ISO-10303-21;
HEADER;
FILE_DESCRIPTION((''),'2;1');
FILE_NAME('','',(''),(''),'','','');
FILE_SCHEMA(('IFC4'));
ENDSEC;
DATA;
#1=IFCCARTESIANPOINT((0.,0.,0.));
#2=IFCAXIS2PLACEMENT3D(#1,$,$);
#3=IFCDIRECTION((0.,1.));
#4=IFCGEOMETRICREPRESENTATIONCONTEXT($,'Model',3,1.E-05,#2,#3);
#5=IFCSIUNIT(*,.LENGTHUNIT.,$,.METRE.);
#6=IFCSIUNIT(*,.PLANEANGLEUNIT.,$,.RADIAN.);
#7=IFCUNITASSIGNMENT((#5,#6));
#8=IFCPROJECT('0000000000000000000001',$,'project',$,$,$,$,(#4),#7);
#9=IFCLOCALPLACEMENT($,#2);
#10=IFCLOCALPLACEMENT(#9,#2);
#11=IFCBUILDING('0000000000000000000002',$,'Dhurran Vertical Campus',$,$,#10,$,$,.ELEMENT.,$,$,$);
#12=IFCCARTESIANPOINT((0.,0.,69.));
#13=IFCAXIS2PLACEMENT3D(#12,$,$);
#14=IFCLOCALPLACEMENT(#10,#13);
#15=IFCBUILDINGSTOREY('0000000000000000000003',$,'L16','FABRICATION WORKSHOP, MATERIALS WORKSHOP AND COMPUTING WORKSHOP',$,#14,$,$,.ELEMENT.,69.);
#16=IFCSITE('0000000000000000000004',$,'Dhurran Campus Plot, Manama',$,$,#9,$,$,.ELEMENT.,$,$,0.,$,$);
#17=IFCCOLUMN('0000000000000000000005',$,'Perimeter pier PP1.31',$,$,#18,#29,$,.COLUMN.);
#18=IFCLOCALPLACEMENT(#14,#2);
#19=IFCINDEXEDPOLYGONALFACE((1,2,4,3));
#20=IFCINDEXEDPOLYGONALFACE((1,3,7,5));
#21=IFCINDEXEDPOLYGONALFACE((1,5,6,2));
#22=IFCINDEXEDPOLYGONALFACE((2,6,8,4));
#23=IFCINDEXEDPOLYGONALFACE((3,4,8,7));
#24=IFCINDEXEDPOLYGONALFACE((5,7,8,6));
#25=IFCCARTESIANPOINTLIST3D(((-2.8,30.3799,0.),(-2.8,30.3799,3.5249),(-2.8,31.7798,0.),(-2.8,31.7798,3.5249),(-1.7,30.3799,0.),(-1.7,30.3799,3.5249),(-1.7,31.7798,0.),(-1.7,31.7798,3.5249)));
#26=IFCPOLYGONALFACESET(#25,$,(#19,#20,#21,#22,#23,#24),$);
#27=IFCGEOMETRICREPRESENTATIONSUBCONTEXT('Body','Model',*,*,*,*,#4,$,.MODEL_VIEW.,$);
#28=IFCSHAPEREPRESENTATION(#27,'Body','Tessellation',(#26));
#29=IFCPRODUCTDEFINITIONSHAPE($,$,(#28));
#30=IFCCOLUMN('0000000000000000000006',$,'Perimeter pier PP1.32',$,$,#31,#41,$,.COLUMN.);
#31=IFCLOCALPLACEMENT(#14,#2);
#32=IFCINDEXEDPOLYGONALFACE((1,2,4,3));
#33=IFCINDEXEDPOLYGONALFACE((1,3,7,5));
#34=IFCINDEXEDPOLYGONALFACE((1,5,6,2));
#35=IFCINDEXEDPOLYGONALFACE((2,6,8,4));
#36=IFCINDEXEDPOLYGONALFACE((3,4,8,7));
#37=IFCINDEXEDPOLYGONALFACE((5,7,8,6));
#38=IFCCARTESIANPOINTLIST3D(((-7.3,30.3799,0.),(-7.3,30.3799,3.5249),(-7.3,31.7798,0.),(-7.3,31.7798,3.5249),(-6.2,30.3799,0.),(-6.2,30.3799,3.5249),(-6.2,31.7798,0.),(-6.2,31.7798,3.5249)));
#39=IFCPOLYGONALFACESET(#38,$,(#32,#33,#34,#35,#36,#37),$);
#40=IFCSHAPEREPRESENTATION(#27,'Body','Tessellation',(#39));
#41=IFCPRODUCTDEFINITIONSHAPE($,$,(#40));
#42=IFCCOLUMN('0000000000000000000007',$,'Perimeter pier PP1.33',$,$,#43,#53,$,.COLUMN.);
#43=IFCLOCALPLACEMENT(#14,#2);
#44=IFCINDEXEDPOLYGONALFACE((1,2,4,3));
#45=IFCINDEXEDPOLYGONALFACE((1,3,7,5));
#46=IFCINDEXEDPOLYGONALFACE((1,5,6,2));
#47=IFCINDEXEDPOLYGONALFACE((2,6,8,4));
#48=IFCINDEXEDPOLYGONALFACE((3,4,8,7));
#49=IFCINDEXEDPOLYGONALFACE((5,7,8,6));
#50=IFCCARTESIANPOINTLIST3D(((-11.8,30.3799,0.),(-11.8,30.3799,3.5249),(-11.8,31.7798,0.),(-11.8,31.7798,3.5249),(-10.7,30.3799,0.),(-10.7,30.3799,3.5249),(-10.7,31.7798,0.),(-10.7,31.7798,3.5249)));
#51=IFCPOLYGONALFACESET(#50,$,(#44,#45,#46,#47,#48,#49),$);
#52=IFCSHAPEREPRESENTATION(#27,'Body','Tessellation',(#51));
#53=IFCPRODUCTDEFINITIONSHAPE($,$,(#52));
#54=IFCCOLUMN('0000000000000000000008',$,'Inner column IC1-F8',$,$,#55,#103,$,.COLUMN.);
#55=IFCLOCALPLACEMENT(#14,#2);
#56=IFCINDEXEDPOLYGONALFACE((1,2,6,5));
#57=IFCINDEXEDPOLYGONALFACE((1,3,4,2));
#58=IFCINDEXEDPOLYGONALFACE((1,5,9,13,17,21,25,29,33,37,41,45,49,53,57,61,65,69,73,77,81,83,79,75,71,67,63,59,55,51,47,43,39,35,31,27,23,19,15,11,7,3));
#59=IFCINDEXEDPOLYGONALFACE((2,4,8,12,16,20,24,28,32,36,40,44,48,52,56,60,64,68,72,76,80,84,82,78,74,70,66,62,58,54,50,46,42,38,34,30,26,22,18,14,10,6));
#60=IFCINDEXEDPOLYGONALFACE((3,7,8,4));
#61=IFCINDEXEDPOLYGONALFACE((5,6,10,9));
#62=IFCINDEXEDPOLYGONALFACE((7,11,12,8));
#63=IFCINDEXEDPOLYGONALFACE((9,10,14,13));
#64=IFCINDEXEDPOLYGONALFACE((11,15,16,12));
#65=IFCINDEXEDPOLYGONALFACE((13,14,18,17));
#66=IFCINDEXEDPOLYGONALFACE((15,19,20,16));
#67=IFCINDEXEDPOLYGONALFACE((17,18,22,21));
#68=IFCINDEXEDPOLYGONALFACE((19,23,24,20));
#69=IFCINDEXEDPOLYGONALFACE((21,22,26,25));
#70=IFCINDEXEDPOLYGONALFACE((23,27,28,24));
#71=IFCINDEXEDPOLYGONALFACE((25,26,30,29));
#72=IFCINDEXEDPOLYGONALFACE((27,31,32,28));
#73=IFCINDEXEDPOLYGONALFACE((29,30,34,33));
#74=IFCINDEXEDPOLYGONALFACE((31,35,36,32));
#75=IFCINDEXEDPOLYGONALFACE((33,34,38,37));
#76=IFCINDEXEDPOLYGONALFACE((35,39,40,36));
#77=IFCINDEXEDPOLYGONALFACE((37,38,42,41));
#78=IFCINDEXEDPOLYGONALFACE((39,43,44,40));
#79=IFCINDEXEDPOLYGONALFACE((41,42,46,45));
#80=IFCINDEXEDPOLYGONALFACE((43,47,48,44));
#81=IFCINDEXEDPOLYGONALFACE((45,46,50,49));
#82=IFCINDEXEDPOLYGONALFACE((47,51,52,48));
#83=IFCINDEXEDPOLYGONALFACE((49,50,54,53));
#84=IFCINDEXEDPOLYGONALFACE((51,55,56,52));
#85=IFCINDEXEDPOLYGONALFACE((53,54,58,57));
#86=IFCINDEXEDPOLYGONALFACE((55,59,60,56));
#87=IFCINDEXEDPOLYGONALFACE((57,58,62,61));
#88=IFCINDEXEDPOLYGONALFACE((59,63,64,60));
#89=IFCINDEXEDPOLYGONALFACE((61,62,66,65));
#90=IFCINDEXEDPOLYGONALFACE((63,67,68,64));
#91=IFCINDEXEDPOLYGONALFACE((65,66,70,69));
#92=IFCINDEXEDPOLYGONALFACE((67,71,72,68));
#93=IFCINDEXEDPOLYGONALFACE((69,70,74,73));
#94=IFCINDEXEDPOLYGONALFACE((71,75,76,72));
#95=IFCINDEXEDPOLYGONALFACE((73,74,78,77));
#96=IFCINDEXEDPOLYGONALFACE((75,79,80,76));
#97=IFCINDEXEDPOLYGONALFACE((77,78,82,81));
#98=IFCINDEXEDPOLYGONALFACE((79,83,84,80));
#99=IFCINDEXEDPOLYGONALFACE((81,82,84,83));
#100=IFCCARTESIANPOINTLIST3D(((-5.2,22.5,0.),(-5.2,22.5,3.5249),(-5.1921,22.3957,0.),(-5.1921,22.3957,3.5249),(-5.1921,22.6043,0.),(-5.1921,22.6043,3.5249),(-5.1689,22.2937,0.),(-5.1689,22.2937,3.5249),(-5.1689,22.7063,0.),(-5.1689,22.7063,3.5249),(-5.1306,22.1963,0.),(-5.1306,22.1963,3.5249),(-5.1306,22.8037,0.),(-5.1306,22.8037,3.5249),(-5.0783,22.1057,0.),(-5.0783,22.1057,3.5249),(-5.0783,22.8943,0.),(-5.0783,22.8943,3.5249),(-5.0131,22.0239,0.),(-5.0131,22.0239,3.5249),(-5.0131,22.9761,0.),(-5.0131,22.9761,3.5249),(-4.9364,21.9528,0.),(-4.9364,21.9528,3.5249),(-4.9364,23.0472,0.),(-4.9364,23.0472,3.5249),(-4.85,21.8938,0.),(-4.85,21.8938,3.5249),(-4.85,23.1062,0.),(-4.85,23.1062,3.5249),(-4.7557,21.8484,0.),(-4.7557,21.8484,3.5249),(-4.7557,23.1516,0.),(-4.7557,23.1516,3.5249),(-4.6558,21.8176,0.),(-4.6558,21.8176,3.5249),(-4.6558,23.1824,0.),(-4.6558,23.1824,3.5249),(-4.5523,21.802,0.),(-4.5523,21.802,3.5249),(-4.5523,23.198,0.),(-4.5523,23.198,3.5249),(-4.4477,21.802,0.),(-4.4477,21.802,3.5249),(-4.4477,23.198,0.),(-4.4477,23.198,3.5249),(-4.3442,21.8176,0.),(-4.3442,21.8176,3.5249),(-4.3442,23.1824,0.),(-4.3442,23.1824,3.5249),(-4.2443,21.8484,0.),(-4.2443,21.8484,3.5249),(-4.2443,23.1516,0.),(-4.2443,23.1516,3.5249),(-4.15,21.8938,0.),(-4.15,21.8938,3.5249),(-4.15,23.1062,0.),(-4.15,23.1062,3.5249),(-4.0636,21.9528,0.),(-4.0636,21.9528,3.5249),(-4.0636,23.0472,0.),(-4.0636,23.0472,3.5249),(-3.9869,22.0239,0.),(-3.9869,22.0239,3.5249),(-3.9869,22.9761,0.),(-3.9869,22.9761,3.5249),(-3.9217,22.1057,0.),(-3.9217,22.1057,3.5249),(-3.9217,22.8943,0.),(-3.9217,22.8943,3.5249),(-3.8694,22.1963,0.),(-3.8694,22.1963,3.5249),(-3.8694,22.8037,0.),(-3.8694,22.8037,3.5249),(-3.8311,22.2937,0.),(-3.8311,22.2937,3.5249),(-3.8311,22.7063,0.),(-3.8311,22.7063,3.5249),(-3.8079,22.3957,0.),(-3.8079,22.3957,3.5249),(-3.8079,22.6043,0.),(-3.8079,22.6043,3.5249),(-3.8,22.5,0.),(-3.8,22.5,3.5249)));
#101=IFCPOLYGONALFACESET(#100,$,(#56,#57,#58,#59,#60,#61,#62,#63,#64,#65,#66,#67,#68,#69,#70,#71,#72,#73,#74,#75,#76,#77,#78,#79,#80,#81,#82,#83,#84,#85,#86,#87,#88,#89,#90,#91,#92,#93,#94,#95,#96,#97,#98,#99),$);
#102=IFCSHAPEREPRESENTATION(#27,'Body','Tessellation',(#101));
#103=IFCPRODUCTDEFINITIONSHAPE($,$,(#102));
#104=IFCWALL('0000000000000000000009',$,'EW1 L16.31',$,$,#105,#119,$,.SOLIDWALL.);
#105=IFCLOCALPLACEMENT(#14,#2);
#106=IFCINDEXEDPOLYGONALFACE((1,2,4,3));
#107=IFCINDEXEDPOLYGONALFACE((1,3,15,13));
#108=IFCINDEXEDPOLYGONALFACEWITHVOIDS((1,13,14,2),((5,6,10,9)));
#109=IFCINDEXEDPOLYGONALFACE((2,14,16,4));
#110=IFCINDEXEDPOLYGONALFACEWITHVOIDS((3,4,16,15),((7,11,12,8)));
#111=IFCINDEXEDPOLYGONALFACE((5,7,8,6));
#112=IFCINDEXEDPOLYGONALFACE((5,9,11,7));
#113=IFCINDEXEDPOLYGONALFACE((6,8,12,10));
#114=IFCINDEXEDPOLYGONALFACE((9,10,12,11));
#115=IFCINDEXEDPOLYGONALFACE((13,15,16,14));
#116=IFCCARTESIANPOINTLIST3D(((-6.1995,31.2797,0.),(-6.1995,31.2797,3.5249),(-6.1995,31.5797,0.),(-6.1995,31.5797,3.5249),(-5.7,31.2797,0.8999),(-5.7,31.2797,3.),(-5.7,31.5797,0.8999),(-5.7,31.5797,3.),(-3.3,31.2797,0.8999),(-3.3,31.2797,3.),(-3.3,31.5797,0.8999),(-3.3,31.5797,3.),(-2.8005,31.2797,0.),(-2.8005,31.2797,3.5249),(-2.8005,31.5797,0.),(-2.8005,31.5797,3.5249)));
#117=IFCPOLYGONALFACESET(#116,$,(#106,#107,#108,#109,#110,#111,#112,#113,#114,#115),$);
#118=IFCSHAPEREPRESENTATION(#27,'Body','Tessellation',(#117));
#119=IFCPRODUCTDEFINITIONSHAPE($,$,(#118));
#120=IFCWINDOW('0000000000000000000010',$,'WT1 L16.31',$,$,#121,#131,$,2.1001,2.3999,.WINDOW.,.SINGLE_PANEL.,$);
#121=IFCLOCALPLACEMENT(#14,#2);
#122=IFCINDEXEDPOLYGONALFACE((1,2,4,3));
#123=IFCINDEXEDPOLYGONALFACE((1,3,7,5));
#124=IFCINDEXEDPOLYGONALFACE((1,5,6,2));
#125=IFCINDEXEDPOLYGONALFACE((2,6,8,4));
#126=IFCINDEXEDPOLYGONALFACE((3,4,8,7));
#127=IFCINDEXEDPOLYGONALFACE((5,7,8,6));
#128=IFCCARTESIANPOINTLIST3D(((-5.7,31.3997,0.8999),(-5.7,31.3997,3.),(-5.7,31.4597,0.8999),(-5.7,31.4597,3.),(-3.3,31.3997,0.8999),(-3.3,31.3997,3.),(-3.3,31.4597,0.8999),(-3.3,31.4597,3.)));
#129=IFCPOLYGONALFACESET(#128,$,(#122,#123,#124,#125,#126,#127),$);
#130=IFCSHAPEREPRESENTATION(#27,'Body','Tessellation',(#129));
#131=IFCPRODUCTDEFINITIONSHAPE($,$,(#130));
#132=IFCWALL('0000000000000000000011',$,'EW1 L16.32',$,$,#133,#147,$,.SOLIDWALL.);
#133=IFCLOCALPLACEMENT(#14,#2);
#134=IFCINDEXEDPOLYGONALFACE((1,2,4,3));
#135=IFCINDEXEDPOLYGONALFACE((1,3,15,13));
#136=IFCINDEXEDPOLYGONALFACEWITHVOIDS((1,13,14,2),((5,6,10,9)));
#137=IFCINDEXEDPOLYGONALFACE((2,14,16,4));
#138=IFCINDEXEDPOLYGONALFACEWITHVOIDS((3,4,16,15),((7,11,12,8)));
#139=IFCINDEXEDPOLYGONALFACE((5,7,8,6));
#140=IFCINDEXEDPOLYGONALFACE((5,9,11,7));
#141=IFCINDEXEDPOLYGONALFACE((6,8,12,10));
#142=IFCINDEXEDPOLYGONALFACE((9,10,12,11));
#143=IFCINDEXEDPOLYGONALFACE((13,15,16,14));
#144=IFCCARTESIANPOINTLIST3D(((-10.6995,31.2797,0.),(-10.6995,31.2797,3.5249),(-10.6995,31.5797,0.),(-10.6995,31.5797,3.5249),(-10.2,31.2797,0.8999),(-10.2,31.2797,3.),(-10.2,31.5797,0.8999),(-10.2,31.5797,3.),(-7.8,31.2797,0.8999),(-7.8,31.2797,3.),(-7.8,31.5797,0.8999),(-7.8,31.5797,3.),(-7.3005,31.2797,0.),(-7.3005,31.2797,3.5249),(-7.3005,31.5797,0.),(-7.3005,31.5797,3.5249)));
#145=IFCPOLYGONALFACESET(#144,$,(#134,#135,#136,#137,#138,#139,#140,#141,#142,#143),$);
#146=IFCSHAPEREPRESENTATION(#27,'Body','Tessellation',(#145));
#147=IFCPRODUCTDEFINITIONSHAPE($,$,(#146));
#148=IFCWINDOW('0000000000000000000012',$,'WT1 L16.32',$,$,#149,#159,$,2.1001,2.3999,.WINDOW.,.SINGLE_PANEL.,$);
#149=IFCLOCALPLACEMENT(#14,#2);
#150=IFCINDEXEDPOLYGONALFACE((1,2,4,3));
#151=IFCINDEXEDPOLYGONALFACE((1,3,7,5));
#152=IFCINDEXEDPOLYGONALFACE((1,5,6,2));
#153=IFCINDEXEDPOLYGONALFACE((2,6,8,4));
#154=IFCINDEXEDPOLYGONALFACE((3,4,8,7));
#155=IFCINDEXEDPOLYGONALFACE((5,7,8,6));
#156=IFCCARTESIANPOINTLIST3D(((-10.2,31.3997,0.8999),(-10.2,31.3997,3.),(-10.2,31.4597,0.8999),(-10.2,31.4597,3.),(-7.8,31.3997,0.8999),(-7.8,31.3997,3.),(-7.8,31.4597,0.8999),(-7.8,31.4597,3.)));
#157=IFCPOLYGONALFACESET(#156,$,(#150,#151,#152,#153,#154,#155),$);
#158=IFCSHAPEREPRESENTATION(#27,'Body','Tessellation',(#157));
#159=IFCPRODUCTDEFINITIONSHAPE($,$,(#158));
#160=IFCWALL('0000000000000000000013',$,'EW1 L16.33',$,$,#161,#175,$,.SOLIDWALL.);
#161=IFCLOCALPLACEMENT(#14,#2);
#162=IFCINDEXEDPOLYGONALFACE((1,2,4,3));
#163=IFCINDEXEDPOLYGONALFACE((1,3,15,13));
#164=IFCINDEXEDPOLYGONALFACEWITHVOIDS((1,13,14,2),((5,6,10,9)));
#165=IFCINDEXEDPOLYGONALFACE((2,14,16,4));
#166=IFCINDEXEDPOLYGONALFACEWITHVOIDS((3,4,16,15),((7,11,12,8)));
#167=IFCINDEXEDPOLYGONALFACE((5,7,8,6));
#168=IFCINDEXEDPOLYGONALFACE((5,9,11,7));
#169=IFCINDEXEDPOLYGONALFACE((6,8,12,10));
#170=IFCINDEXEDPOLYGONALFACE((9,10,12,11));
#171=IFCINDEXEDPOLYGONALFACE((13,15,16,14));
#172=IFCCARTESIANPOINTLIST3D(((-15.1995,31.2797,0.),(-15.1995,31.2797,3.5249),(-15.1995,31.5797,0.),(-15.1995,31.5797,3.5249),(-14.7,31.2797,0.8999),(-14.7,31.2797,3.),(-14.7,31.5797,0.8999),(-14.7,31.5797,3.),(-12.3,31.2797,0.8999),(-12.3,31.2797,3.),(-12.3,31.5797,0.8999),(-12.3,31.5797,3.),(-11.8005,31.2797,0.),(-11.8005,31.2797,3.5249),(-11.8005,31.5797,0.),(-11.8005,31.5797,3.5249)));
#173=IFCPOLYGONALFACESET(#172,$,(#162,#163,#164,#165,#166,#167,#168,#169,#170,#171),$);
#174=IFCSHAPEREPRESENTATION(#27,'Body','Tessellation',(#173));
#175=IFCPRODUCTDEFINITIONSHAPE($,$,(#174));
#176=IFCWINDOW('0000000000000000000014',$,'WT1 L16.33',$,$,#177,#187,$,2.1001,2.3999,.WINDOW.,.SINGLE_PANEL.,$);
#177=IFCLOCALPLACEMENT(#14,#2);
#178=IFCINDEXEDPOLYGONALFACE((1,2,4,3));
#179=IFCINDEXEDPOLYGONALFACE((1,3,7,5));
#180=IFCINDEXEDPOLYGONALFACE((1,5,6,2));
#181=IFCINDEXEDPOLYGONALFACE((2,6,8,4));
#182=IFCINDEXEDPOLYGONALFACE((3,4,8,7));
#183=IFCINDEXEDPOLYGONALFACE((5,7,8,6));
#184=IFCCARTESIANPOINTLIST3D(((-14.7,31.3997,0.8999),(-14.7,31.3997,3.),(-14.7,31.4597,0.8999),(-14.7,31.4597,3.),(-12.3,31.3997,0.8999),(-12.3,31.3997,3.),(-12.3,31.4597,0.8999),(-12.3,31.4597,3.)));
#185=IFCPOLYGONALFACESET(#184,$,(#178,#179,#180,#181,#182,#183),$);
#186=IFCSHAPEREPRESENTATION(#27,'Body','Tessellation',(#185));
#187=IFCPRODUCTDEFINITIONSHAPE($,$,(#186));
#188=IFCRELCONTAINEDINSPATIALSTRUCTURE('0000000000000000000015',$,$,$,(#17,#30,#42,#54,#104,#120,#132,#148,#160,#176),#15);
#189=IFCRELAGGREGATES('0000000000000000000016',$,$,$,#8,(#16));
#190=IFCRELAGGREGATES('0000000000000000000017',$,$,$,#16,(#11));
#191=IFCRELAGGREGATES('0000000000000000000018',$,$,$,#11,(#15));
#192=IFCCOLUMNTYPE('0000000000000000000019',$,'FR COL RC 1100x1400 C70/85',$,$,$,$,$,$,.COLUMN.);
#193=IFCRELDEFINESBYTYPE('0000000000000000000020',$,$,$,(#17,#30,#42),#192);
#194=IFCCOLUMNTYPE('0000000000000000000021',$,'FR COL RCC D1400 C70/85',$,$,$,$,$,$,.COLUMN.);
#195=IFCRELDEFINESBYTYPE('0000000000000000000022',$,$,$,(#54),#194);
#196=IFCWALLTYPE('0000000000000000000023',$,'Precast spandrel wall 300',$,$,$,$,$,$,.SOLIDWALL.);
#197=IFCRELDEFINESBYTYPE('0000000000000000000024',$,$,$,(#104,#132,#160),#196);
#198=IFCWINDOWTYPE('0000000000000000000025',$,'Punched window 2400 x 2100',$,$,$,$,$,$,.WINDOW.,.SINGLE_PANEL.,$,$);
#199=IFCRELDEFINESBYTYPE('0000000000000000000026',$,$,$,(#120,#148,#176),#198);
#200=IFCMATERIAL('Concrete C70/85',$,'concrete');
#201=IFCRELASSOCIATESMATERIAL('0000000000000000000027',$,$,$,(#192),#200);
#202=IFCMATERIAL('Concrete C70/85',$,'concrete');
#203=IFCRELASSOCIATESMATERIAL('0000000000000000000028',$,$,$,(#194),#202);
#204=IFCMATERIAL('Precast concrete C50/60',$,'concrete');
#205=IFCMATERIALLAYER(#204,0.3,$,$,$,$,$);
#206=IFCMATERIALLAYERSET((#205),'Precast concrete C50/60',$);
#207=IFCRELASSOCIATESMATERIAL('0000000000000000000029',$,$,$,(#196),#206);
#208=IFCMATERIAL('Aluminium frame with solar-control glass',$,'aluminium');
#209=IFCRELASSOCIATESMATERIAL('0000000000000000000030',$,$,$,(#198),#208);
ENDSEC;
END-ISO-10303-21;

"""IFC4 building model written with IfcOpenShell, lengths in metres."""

from ifc_helpers import new_model, si_unit, direction, frame, frame_2d, origin, origin_2d, place, context, subcontext, project, spatial, rectangle, circle, extrude, material, layer, layer_set, material_profile, profile_set, type_object, element, fill, save


model = new_model("IFC4")

# Units and contexts
model_context = context("Model", 3, precision=1e-05, world=origin(), true_north=direction((0.0, 1.0)))
body_context = subcontext(model_context, "Body", "Model", "MODEL_VIEW")
ifc_project = project(units=[si_unit("LENGTHUNIT", "METRE"), si_unit("PLANEANGLEUNIT", "RADIAN")], contexts=[model_context])

# Site, building, storey
site_placement = place(None, origin())
site = spatial("IfcSite", under=ifc_project, at=site_placement, Name="Dhurran Campus Plot, Manama", CompositionType="ELEMENT", RefElevation=0.0)
building_placement = place(site_placement, origin())
building = spatial("IfcBuilding", under=site, at=building_placement, Name="Dhurran Vertical Campus", CompositionType="ELEMENT")
storey_placement = place(building_placement, frame((0.0, 0.0, 69.0)))
storey = spatial("IfcBuildingStorey", under=building, at=storey_placement, Name="L16", Description="FABRICATION WORKSHOP, MATERIALS WORKSHOP AND COMPUTING WORKSHOP", CompositionType="ELEMENT", Elevation=69.0)

# Columns
ifc_material_1 = material(Name="Concrete C70/85", Category="concrete")
ifc_material_profile_1 = material_profile(ifc_material_1, rectangle(XDim=1.1001, YDim=1.3999, at=origin_2d()), Name="RC 1100x1400")
ifc_profile_set_1 = profile_set([ifc_material_profile_1], Name="Concrete C70/85")
column_type_1 = type_object("IfcColumnType", Name="FR COL RC 1100x1400 C70/85", PredefinedType="COLUMN", material=ifc_profile_set_1)
for number, where, z_axis, x_axis, name in (
    (1, (-2.25, 31.0798, 0.0), (0.0, 0.0, 1.0), (-1.0, 0.0, 0.0), "Perimeter pier PP1.31"),
    (2, (-6.75, 31.0798, 0.0), (0.0, 0.0, 1.0), (-1.0, 0.0, 0.0), "Perimeter pier PP1.32"),
    (3, (-11.25, 31.0798, 0.0), (0.0, 0.0, 1.0), (-1.0, 0.0, 0.0), "Perimeter pier PP1.33"),
):
    element("IfcColumn", number, at=place(storey_placement, frame(where, z_axis=z_axis, x_axis=x_axis)), inside=storey, type_object=column_type_1, Name=name, PredefinedType="COLUMN", context=body_context, shape_type="SweptSolid", body=[
        extrude(rectangle(XDim=1.1001, YDim=1.3999, at=origin_2d()), origin(), (0.0, 0.0, 1.0), 3.5249),
    ])
ifc_material_2 = material(Name="Concrete C70/85", Category="concrete")
ifc_material_profile_2 = material_profile(ifc_material_2, circle(Radius=0.7, at=origin_2d()), Name="RCC D1400")
ifc_profile_set_2 = profile_set([ifc_material_profile_2], Name="Concrete C70/85")
column_type_2 = type_object("IfcColumnType", Name="FR COL RCC D1400 C70/85", PredefinedType="COLUMN", material=ifc_profile_set_2)
column_placement = place(storey_placement, frame((-4.5, 22.5, 0.0), z_axis=(0.0, 0.0, 1.0), x_axis=(1.0, 0.0, 0.0)))
element("IfcColumn", 4, at=column_placement, inside=storey, type_object=column_type_2, Name="Inner column IC1-F8", PredefinedType="COLUMN", context=body_context, shape_type="SweptSolid", body=[
    extrude(circle(Radius=0.7, at=origin_2d()), origin(), (0.0, 0.0, 1.0), 3.5249),
])

# Walls, openings, windows
ifc_material_3 = material(Name="Precast concrete C50/60", Category="concrete")
ifc_layer_1 = layer(ifc_material_3, 0.3)
ifc_layer_set_1 = layer_set([ifc_layer_1], Name="Precast concrete C50/60")
wall_type_1 = type_object("IfcWallType", Name="Precast spandrel wall 300", PredefinedType="SOLIDWALL", material=ifc_layer_set_1)
wall_1_placement = place(storey_placement, frame((-2.8005, 31.4297, 0.0), z_axis=(0.0, 0.0, 1.0), x_axis=(-1.0, 0.0, 0.0)))
wall_1 = element("IfcWall", 5, at=wall_1_placement, inside=storey, type_object=wall_type_1, Name="EW1 L16.31", PredefinedType="SOLIDWALL", context=body_context, shape_type="SweptSolid", body=[
    extrude(rectangle(XDim=3.3989, YDim=0.3, at=frame_2d((1.6995, 0.0))), origin(), (0.0, 0.0, 1.0), 3.5249),
])
opening_1_placement = place(wall_1_placement, frame((0.4995, 0.0, 0.8999)))
opening_1 = element("IfcOpeningElement", 6, at=opening_1_placement, cuts=wall_1, PredefinedType="OPENING", context=body_context, shape_type="SweptSolid", body=[
    extrude(rectangle(XDim=2.3999, YDim=2.1001, at=frame_2d((1.2, 1.05))), frame((0.0, 0.1599, 0.0), z_axis=(0.0, -1.0, 0.0), x_axis=(1.0, 0.0, 0.0)), (0.0, 0.0, 1.0), 0.3201),
])
ifc_material_4 = material(Name="Aluminium frame with solar-control glass", Category="aluminium")
window_type = type_object("IfcWindowType", Name="Punched window 2400 x 2100", PartitioningType="SINGLE_PANEL", PredefinedType="WINDOW", material=ifc_material_4)
window_1_placement = place(opening_1_placement, origin())
window_1 = element("IfcWindow", 7, at=window_1_placement, inside=storey, type_object=window_type, Name="WT1 L16.31", OverallHeight=2.1001, OverallWidth=2.3999, PartitioningType="SINGLE_PANEL", PredefinedType="WINDOW", context=body_context, shape_type="SweptSolid", body=[
    extrude(rectangle(XDim=2.3999, YDim=2.1001, at=frame_2d((1.2, 1.05))), frame((0.0, 0.03, 0.0), z_axis=(0.0, -1.0, 0.0), x_axis=(1.0, 0.0, 0.0)), (0.0, 0.0, 1.0), 0.0601),
])
fill(opening_1, window_1)
wall_2_placement = place(storey_placement, frame((-7.3005, 31.4297, 0.0), z_axis=(0.0, 0.0, 1.0), x_axis=(-1.0, 0.0, 0.0)))
wall_2 = element("IfcWall", 8, at=wall_2_placement, inside=storey, type_object=wall_type_1, Name="EW1 L16.32", PredefinedType="SOLIDWALL", context=body_context, shape_type="SweptSolid", body=[
    extrude(rectangle(XDim=3.3989, YDim=0.3, at=frame_2d((1.6995, 0.0))), origin(), (0.0, 0.0, 1.0), 3.5249),
])
opening_2_placement = place(wall_2_placement, frame((0.4995, 0.0, 0.8999)))
opening_2 = element("IfcOpeningElement", 9, at=opening_2_placement, cuts=wall_2, PredefinedType="OPENING", context=body_context, shape_type="SweptSolid", body=[
    extrude(rectangle(XDim=2.3999, YDim=2.1001, at=frame_2d((1.2, 1.05))), frame((0.0, 0.1599, 0.0), z_axis=(0.0, -1.0, 0.0), x_axis=(1.0, 0.0, 0.0)), (0.0, 0.0, 1.0), 0.3201),
])
window_2_placement = place(opening_2_placement, origin())
window_2 = element("IfcWindow", 10, at=window_2_placement, inside=storey, type_object=window_type, Name="WT1 L16.32", OverallHeight=2.1001, OverallWidth=2.3999, PartitioningType="SINGLE_PANEL", PredefinedType="WINDOW", context=body_context, shape_type="SweptSolid", body=[
    extrude(rectangle(XDim=2.3999, YDim=2.1001, at=frame_2d((1.2, 1.05))), frame((0.0, 0.03, 0.0), z_axis=(0.0, -1.0, 0.0), x_axis=(1.0, 0.0, 0.0)), (0.0, 0.0, 1.0), 0.0601),
])
fill(opening_2, window_2)
wall_3_placement = place(storey_placement, frame((-11.8005, 31.4297, 0.0), z_axis=(0.0, 0.0, 1.0), x_axis=(-1.0, 0.0, 0.0)))
wall_3 = element("IfcWall", 11, at=wall_3_placement, inside=storey, type_object=wall_type_1, Name="EW1 L16.33", PredefinedType="SOLIDWALL", context=body_context, shape_type="SweptSolid", body=[
    extrude(rectangle(XDim=3.3989, YDim=0.3, at=frame_2d((1.6995, 0.0))), origin(), (0.0, 0.0, 1.0), 3.5249),
])
opening_3_placement = place(wall_3_placement, frame((0.4995, 0.0, 0.8999)))
opening_3 = element("IfcOpeningElement", 12, at=opening_3_placement, cuts=wall_3, PredefinedType="OPENING", context=body_context, shape_type="SweptSolid", body=[
    extrude(rectangle(XDim=2.3999, YDim=2.1001, at=frame_2d((1.2, 1.05))), frame((0.0, 0.1599, 0.0), z_axis=(0.0, -1.0, 0.0), x_axis=(1.0, 0.0, 0.0)), (0.0, 0.0, 1.0), 0.3201),
])
window_3_placement = place(opening_3_placement, origin())
window_3 = element("IfcWindow", 13, at=window_3_placement, inside=storey, type_object=window_type, Name="WT1 L16.33", OverallHeight=2.1001, OverallWidth=2.3999, PartitioningType="SINGLE_PANEL", PredefinedType="WINDOW", context=body_context, shape_type="SweptSolid", body=[
    extrude(rectangle(XDim=2.3999, YDim=2.1001, at=frame_2d((1.2, 1.05))), frame((0.0, 0.03, 0.0), z_axis=(0.0, -1.0, 0.0), x_axis=(1.0, 0.0, 0.0)), (0.0, 0.0, 1.0), 0.0601),
])
fill(opening_3, window_3)

save(model, "model.ifc")
